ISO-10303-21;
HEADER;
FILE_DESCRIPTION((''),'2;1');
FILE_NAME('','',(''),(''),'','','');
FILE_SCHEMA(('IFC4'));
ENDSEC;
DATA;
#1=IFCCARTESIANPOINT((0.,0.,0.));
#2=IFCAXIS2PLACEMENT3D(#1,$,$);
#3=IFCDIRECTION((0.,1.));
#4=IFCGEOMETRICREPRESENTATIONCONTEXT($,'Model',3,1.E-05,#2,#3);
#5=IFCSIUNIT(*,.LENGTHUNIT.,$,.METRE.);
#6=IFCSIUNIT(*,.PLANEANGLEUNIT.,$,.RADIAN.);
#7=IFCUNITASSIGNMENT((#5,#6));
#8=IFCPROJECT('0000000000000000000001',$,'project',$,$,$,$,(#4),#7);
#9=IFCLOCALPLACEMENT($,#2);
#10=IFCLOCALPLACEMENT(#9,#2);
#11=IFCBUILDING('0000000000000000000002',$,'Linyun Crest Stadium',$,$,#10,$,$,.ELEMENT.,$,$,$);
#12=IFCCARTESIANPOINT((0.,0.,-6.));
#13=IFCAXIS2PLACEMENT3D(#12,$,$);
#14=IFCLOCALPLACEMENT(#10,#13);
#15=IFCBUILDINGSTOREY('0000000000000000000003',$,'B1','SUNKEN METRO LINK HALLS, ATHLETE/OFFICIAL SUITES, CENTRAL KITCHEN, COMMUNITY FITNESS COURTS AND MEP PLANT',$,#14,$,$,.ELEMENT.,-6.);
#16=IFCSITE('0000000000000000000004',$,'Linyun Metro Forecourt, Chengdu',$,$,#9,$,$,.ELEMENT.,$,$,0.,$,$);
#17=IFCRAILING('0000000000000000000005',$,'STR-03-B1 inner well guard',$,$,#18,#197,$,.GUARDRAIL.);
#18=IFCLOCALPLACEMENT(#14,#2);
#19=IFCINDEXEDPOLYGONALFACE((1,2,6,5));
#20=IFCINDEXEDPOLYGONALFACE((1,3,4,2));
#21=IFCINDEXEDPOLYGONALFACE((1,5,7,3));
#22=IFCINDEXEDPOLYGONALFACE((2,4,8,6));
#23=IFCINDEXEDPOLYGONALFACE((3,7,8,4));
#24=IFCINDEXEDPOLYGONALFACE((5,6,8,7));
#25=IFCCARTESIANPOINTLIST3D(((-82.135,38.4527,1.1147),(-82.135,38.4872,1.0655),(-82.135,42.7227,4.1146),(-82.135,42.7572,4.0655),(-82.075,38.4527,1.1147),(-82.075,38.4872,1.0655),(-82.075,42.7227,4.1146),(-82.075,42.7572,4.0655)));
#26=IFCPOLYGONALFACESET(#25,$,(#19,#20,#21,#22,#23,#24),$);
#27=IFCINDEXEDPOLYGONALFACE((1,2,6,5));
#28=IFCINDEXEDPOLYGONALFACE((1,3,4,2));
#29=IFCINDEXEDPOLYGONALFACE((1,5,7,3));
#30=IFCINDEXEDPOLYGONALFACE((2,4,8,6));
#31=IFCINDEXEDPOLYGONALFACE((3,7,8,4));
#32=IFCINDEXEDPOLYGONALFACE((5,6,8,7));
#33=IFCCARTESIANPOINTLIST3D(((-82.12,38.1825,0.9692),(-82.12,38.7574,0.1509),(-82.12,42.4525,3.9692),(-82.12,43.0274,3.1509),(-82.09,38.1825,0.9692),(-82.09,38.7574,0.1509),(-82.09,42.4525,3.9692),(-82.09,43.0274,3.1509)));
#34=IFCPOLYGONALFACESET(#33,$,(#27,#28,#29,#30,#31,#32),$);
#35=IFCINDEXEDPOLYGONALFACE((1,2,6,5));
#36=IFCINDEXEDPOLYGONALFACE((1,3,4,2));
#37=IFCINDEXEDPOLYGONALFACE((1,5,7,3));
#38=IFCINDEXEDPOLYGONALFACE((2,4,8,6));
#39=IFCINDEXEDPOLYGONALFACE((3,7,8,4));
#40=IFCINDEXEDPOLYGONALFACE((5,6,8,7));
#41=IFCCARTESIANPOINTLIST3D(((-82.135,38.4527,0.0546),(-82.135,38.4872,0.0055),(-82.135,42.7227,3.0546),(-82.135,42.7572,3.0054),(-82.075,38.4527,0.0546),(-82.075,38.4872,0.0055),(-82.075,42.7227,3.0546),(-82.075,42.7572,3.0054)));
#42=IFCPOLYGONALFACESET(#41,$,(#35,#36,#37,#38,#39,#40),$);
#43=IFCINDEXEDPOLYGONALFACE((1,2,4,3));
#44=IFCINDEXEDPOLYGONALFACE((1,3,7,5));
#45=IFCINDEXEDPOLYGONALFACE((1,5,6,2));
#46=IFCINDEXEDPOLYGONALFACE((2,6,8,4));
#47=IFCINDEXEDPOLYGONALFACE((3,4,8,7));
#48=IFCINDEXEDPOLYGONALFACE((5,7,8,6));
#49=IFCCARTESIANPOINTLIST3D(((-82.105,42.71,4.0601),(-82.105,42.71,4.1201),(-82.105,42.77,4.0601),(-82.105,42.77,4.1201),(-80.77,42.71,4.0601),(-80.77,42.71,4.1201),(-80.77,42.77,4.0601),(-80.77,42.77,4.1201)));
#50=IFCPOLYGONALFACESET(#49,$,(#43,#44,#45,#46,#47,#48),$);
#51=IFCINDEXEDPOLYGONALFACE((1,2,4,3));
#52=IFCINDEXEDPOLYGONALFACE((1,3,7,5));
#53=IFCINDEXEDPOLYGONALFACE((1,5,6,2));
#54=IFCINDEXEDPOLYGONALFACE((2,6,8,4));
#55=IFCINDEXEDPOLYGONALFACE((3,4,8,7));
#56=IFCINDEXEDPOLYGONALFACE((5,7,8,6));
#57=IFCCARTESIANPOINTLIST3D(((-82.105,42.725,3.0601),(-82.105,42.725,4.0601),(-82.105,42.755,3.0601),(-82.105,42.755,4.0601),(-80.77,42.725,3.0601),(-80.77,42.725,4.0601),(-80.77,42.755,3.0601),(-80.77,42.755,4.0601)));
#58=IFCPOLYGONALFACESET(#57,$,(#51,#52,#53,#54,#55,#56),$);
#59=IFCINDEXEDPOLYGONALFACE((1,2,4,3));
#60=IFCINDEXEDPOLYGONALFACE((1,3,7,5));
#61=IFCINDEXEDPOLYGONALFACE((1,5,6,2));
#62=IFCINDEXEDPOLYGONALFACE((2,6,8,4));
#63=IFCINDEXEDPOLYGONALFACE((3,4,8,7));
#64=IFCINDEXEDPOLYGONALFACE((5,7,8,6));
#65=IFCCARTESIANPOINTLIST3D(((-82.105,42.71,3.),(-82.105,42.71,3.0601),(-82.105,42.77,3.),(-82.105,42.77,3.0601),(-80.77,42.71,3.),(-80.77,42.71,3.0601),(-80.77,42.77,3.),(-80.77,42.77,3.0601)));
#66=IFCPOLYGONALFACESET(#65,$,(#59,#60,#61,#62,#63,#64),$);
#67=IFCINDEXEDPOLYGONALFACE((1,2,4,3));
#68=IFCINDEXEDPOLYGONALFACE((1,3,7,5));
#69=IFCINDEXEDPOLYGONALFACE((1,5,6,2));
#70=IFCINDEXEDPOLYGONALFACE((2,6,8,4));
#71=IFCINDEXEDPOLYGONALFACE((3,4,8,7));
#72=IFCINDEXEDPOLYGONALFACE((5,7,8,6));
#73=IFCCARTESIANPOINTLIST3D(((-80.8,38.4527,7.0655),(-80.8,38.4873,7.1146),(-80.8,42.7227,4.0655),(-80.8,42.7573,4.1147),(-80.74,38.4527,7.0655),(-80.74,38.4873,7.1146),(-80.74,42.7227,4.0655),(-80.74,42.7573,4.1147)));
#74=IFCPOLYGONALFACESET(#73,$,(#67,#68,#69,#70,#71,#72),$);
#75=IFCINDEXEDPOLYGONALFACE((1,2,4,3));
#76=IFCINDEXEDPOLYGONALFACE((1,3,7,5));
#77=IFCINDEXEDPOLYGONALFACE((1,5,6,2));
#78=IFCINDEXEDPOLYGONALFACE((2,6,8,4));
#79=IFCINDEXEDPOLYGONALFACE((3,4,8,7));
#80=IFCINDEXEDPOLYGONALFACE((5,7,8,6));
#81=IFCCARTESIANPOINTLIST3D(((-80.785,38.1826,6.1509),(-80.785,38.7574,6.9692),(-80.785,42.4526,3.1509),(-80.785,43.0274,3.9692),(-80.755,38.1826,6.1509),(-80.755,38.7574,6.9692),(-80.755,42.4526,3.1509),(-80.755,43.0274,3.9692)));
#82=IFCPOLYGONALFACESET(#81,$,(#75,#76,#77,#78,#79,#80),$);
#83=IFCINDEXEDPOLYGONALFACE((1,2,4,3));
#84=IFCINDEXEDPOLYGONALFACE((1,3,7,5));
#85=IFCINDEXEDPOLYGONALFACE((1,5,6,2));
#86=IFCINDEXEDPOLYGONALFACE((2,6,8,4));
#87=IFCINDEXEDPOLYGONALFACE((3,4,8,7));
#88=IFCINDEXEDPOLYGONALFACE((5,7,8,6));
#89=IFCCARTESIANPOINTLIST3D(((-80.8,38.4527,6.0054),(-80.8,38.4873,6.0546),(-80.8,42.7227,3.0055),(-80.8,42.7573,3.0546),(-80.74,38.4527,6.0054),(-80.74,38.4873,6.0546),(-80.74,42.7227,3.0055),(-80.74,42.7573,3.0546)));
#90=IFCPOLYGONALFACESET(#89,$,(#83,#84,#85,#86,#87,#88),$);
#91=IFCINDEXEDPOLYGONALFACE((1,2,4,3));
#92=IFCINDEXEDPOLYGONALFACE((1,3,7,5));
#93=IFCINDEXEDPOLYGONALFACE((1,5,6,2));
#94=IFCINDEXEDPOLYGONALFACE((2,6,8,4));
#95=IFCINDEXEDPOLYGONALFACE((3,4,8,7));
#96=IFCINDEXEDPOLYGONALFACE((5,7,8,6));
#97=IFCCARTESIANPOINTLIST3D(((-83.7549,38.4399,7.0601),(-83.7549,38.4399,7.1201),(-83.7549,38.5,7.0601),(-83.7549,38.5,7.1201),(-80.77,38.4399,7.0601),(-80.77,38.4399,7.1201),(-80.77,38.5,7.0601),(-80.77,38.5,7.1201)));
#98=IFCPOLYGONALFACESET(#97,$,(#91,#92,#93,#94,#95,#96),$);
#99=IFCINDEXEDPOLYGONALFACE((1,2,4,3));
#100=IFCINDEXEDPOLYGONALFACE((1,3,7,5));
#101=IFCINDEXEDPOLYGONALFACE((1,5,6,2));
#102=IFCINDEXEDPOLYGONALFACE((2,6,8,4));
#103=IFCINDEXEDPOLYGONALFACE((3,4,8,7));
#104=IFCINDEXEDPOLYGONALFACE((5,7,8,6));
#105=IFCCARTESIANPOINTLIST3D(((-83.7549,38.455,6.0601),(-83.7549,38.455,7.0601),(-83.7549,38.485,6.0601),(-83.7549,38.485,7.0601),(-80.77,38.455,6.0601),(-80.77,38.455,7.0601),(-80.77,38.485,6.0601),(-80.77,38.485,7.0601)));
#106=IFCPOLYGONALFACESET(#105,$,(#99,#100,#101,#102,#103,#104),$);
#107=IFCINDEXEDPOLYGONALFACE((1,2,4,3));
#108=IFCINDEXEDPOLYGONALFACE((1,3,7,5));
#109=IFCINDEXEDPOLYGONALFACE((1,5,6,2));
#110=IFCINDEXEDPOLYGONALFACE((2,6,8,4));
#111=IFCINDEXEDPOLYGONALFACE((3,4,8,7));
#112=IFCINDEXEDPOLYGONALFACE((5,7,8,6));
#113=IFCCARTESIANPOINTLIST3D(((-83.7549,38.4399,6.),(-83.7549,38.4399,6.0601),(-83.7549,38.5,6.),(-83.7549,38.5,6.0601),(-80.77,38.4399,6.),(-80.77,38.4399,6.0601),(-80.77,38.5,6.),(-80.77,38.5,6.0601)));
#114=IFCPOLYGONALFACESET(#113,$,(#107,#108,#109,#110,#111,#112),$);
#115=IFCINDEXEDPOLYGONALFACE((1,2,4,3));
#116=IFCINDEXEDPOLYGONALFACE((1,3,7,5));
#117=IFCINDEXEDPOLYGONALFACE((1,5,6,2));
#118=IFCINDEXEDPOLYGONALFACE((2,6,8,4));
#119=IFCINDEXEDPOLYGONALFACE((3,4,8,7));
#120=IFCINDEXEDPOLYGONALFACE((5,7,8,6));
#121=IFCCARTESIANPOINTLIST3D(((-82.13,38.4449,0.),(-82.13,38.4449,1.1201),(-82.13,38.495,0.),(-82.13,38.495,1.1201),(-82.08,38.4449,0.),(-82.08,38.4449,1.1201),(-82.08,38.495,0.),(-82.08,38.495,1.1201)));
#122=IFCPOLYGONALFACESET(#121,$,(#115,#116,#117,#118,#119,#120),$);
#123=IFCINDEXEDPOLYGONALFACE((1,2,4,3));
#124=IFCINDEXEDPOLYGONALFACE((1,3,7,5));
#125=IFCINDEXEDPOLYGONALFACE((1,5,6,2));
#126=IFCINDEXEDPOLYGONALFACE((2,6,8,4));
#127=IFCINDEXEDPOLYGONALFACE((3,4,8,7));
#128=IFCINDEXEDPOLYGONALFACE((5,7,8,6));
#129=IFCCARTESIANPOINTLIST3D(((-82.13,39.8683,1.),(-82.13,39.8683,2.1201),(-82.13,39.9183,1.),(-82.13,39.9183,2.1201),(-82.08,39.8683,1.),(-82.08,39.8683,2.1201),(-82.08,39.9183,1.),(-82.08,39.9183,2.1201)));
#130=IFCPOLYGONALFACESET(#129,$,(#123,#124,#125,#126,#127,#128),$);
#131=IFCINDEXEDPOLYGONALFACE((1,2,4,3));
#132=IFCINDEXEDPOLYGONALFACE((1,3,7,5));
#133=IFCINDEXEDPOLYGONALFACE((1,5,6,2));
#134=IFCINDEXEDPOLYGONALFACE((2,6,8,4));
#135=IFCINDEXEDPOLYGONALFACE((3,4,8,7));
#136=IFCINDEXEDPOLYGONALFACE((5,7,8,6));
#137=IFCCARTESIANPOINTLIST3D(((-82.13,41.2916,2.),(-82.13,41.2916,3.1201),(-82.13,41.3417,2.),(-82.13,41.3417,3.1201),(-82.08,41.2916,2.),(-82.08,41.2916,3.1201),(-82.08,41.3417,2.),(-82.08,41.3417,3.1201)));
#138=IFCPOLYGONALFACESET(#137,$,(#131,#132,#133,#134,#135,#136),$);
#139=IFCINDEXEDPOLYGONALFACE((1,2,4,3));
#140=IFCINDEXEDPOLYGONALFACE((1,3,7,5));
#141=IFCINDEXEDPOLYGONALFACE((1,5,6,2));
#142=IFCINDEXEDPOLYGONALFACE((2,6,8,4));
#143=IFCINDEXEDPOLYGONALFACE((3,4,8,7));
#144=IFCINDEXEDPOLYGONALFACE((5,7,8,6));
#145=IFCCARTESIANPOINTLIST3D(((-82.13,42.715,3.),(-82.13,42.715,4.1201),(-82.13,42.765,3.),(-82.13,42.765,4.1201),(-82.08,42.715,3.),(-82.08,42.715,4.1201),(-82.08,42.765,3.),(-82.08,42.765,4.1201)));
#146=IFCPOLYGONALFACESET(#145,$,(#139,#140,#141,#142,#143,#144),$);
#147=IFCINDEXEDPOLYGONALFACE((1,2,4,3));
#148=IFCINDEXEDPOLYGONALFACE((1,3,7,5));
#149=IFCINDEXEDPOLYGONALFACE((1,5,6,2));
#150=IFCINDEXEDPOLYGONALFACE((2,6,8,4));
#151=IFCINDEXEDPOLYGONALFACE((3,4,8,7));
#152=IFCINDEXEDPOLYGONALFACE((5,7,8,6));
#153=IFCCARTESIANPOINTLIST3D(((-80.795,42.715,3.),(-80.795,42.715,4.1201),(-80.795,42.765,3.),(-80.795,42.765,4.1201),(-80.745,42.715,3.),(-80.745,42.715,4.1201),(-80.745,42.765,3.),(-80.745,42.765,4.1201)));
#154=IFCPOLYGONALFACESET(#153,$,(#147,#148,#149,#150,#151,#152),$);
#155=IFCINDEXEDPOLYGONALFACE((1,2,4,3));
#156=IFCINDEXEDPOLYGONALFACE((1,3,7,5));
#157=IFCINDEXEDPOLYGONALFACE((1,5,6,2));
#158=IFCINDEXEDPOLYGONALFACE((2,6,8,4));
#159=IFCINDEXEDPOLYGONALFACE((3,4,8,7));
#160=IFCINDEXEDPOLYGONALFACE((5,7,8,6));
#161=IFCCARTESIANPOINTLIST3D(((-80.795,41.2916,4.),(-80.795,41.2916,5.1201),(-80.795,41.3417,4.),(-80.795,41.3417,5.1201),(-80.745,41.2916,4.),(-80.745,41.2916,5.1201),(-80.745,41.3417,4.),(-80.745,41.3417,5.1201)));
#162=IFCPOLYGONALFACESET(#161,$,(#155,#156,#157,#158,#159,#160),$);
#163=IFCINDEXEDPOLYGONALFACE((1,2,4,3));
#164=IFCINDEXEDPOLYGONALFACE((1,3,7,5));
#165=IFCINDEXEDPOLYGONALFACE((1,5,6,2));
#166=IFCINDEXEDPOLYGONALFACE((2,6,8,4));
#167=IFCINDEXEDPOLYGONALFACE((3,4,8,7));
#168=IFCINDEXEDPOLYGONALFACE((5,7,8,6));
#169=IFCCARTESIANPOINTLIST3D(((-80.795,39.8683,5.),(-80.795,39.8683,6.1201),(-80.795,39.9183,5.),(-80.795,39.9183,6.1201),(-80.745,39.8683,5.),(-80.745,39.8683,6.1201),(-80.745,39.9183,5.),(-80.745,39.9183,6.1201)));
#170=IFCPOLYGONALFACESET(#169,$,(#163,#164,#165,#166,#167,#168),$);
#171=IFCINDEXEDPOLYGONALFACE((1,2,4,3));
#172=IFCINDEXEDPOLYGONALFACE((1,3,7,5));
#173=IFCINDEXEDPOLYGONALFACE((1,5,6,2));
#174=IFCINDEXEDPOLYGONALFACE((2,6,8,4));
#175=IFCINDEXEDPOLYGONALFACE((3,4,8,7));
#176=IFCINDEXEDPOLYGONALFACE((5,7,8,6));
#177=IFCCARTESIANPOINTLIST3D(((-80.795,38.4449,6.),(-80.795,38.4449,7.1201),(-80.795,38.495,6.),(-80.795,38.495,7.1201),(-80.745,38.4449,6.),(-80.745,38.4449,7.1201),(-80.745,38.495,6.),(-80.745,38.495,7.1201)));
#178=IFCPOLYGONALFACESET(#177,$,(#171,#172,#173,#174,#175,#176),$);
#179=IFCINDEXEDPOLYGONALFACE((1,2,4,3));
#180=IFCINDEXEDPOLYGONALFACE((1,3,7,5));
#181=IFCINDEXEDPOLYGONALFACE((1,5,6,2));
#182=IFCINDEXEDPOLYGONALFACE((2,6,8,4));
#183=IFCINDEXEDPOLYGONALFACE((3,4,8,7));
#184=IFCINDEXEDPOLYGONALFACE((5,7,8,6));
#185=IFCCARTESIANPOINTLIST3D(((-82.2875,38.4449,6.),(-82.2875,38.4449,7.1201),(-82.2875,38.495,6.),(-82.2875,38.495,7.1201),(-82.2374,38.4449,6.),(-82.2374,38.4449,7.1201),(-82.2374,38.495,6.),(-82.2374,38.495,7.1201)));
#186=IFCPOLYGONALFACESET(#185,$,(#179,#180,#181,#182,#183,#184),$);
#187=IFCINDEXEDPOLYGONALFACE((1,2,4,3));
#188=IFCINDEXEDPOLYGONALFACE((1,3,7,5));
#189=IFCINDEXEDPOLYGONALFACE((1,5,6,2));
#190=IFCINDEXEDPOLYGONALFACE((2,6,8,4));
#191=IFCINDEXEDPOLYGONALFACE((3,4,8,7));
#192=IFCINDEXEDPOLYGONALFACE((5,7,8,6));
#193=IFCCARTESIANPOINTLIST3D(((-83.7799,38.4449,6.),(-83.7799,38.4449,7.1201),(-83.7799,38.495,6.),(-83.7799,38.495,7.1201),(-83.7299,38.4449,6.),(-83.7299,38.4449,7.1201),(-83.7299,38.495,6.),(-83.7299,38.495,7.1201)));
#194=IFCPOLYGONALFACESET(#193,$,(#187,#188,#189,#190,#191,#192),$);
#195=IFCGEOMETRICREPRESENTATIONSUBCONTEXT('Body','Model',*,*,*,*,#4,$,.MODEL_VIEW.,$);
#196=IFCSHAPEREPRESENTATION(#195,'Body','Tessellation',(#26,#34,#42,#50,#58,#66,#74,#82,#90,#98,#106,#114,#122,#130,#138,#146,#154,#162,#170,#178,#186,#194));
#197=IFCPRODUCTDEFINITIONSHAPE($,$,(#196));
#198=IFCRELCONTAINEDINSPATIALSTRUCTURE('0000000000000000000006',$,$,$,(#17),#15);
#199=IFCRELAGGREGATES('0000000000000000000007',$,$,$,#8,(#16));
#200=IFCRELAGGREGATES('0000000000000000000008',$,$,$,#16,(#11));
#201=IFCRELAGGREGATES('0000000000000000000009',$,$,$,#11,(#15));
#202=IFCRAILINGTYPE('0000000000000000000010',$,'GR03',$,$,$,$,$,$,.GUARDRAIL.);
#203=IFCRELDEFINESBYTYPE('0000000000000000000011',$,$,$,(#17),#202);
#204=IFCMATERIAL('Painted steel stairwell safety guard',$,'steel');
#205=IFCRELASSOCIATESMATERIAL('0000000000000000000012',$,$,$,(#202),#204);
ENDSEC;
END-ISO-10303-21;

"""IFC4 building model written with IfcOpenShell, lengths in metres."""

from ifc_helpers import new_model, si_unit, direction, frame, origin, origin_2d, place, context, subcontext, project, spatial, rectangle, extrude, material, type_object, element, save


model = new_model("IFC4")

# Units and contexts
model_context = context("Model", 3, precision=1e-05, world=origin(), true_north=direction((0.0, 1.0)))
body_context = subcontext(model_context, "Body", "Model", "MODEL_VIEW")
ifc_project = project(units=[si_unit("LENGTHUNIT", "METRE"), si_unit("PLANEANGLEUNIT", "RADIAN")], contexts=[model_context])

# Site, building, storey
site_placement = place(None, origin())
site = spatial("IfcSite", under=ifc_project, at=site_placement, Name="Linyun Metro Forecourt, Chengdu", CompositionType="ELEMENT", RefElevation=0.0)
building_placement = place(site_placement, origin())
building = spatial("IfcBuilding", under=site, at=building_placement, Name="Linyun Crest Stadium", CompositionType="ELEMENT")
storey_placement = place(building_placement, frame((0.0, 0.0, -6.0)))
storey = spatial("IfcBuildingStorey", under=building, at=storey_placement, Name="B1", Description="SUNKEN METRO LINK HALLS, ATHLETE/OFFICIAL SUITES, CENTRAL KITCHEN, COMMUNITY FITNESS COURTS AND MEP PLANT", CompositionType="ELEMENT", Elevation=-6.0)

# Railing
ifc_material_1 = material(Name="Painted steel stairwell safety guard", Category="steel")
railing_type_1 = type_object("IfcRailingType", Name="GR03", PredefinedType="GUARDRAIL", material=ifc_material_1)
railing_1_placement = place(storey_placement, frame((-82.105, 38.47, 0.0)))
element("IfcRailing", 1, at=railing_1_placement, inside=storey, type_object=railing_type_1, Name="STR-03-B1 inner well guard", PredefinedType="GUARDRAIL", context=body_context, shape_type="SweptSolid", body=[
    extrude(rectangle(XDim=0.0601, YDim=0.0601, at=origin_2d()), frame((0.0, 0.0, 1.0901), z_axis=(0.0, 0.818242, 0.574874), x_axis=(-1.0, 0.0, 0.0)), (0.0, 0.0, 1.0), 5.2185),
    extrude(rectangle(XDim=0.03, YDim=1.0, at=origin_2d()), frame((0.0, 0.0, 0.5601), z_axis=(0.0, 0.818242, 0.574874), x_axis=(-1.0, 0.0, 0.0)), (0.0, 0.0, 1.0), 5.2185),
    extrude(rectangle(XDim=0.0601, YDim=0.0601, at=origin_2d()), frame((0.0, 0.0, 0.03), z_axis=(0.0, 0.818242, 0.574874), x_axis=(-1.0, 0.0, 0.0)), (0.0, 0.0, 1.0), 5.2185),
    extrude(rectangle(XDim=0.0601, YDim=0.0601, at=origin_2d()), frame((0.0, 4.27, 4.0901), z_axis=(1.0, 0.0, 0.0), x_axis=(0.0, 1.0, 0.0)), (0.0, 0.0, 1.0), 1.335),
    extrude(rectangle(XDim=0.03, YDim=1.0, at=origin_2d()), frame((0.0, 4.27, 3.5601), z_axis=(1.0, 0.0, 0.0), x_axis=(0.0, 1.0, 0.0)), (0.0, 0.0, 1.0), 1.335),
    extrude(rectangle(XDim=0.0601, YDim=0.0601, at=origin_2d()), frame((0.0, 4.27, 3.03), z_axis=(1.0, 0.0, 0.0), x_axis=(0.0, 1.0, 0.0)), (0.0, 0.0, 1.0), 1.335),
    extrude(rectangle(XDim=0.0601, YDim=0.0601, at=origin_2d()), frame((1.335, 4.27, 4.0901), z_axis=(0.0, -0.818242, 0.574874), x_axis=(1.0, 0.0, 0.0)), (0.0, 0.0, 1.0), 5.2185),
    extrude(rectangle(XDim=0.03, YDim=1.0, at=origin_2d()), frame((1.335, 4.27, 3.5601), z_axis=(0.0, -0.818242, 0.574874), x_axis=(1.0, 0.0, 0.0)), (0.0, 0.0, 1.0), 5.2185),
    extrude(rectangle(XDim=0.0601, YDim=0.0601, at=origin_2d()), frame((1.335, 4.27, 3.03), z_axis=(0.0, -0.818242, 0.574874), x_axis=(1.0, 0.0, 0.0)), (0.0, 0.0, 1.0), 5.2185),
    extrude(rectangle(XDim=0.0601, YDim=0.0601, at=origin_2d()), frame((1.335, 0.0, 7.0901), z_axis=(-1.0, 0.0, 0.0), x_axis=(0.0, -1.0, 0.0)), (0.0, 0.0, 1.0), 2.9849),
    extrude(rectangle(XDim=0.03, YDim=1.0, at=origin_2d()), frame((1.335, 0.0, 6.5601), z_axis=(-1.0, 0.0, 0.0), x_axis=(0.0, -1.0, 0.0)), (0.0, 0.0, 1.0), 2.9849),
    extrude(rectangle(XDim=0.0601, YDim=0.0601, at=origin_2d()), frame((1.335, 0.0, 6.03), z_axis=(-1.0, 0.0, 0.0), x_axis=(0.0, -1.0, 0.0)), (0.0, 0.0, 1.0), 2.9849),
    extrude(rectangle(XDim=0.05, YDim=0.05, at=origin_2d()), origin(), (0.0, 0.0, 1.0), 1.1201),
    extrude(rectangle(XDim=0.05, YDim=0.05, at=origin_2d()), frame((0.0, 1.4233, 1.0)), (0.0, 0.0, 1.0), 1.1201),
    extrude(rectangle(XDim=0.05, YDim=0.05, at=origin_2d()), frame((0.0, 2.8467, 2.0)), (0.0, 0.0, 1.0), 1.1201),
    extrude(rectangle(XDim=0.05, YDim=0.05, at=origin_2d()), frame((0.0, 4.27, 3.0)), (0.0, 0.0, 1.0), 1.1201),
    extrude(rectangle(XDim=0.05, YDim=0.05, at=origin_2d()), frame((1.335, 4.27, 3.0)), (0.0, 0.0, 1.0), 1.1201),
    extrude(rectangle(XDim=0.05, YDim=0.05, at=origin_2d()), frame((1.335, 2.8467, 4.0)), (0.0, 0.0, 1.0), 1.1201),
    extrude(rectangle(XDim=0.05, YDim=0.05, at=origin_2d()), frame((1.335, 1.4233, 5.0)), (0.0, 0.0, 1.0), 1.1201),
    extrude(rectangle(XDim=0.05, YDim=0.05, at=origin_2d()), frame((1.335, 0.0, 6.0)), (0.0, 0.0, 1.0), 1.1201),
    extrude(rectangle(XDim=0.05, YDim=0.05, at=origin_2d()), frame((-0.1575, 0.0, 6.0)), (0.0, 0.0, 1.0), 1.1201),
    extrude(rectangle(XDim=0.05, YDim=0.05, at=origin_2d()), frame((-1.6499, 0.0, 6.0)), (0.0, 0.0, 1.0), 1.1201),
])

save(model, "model.ifc")
